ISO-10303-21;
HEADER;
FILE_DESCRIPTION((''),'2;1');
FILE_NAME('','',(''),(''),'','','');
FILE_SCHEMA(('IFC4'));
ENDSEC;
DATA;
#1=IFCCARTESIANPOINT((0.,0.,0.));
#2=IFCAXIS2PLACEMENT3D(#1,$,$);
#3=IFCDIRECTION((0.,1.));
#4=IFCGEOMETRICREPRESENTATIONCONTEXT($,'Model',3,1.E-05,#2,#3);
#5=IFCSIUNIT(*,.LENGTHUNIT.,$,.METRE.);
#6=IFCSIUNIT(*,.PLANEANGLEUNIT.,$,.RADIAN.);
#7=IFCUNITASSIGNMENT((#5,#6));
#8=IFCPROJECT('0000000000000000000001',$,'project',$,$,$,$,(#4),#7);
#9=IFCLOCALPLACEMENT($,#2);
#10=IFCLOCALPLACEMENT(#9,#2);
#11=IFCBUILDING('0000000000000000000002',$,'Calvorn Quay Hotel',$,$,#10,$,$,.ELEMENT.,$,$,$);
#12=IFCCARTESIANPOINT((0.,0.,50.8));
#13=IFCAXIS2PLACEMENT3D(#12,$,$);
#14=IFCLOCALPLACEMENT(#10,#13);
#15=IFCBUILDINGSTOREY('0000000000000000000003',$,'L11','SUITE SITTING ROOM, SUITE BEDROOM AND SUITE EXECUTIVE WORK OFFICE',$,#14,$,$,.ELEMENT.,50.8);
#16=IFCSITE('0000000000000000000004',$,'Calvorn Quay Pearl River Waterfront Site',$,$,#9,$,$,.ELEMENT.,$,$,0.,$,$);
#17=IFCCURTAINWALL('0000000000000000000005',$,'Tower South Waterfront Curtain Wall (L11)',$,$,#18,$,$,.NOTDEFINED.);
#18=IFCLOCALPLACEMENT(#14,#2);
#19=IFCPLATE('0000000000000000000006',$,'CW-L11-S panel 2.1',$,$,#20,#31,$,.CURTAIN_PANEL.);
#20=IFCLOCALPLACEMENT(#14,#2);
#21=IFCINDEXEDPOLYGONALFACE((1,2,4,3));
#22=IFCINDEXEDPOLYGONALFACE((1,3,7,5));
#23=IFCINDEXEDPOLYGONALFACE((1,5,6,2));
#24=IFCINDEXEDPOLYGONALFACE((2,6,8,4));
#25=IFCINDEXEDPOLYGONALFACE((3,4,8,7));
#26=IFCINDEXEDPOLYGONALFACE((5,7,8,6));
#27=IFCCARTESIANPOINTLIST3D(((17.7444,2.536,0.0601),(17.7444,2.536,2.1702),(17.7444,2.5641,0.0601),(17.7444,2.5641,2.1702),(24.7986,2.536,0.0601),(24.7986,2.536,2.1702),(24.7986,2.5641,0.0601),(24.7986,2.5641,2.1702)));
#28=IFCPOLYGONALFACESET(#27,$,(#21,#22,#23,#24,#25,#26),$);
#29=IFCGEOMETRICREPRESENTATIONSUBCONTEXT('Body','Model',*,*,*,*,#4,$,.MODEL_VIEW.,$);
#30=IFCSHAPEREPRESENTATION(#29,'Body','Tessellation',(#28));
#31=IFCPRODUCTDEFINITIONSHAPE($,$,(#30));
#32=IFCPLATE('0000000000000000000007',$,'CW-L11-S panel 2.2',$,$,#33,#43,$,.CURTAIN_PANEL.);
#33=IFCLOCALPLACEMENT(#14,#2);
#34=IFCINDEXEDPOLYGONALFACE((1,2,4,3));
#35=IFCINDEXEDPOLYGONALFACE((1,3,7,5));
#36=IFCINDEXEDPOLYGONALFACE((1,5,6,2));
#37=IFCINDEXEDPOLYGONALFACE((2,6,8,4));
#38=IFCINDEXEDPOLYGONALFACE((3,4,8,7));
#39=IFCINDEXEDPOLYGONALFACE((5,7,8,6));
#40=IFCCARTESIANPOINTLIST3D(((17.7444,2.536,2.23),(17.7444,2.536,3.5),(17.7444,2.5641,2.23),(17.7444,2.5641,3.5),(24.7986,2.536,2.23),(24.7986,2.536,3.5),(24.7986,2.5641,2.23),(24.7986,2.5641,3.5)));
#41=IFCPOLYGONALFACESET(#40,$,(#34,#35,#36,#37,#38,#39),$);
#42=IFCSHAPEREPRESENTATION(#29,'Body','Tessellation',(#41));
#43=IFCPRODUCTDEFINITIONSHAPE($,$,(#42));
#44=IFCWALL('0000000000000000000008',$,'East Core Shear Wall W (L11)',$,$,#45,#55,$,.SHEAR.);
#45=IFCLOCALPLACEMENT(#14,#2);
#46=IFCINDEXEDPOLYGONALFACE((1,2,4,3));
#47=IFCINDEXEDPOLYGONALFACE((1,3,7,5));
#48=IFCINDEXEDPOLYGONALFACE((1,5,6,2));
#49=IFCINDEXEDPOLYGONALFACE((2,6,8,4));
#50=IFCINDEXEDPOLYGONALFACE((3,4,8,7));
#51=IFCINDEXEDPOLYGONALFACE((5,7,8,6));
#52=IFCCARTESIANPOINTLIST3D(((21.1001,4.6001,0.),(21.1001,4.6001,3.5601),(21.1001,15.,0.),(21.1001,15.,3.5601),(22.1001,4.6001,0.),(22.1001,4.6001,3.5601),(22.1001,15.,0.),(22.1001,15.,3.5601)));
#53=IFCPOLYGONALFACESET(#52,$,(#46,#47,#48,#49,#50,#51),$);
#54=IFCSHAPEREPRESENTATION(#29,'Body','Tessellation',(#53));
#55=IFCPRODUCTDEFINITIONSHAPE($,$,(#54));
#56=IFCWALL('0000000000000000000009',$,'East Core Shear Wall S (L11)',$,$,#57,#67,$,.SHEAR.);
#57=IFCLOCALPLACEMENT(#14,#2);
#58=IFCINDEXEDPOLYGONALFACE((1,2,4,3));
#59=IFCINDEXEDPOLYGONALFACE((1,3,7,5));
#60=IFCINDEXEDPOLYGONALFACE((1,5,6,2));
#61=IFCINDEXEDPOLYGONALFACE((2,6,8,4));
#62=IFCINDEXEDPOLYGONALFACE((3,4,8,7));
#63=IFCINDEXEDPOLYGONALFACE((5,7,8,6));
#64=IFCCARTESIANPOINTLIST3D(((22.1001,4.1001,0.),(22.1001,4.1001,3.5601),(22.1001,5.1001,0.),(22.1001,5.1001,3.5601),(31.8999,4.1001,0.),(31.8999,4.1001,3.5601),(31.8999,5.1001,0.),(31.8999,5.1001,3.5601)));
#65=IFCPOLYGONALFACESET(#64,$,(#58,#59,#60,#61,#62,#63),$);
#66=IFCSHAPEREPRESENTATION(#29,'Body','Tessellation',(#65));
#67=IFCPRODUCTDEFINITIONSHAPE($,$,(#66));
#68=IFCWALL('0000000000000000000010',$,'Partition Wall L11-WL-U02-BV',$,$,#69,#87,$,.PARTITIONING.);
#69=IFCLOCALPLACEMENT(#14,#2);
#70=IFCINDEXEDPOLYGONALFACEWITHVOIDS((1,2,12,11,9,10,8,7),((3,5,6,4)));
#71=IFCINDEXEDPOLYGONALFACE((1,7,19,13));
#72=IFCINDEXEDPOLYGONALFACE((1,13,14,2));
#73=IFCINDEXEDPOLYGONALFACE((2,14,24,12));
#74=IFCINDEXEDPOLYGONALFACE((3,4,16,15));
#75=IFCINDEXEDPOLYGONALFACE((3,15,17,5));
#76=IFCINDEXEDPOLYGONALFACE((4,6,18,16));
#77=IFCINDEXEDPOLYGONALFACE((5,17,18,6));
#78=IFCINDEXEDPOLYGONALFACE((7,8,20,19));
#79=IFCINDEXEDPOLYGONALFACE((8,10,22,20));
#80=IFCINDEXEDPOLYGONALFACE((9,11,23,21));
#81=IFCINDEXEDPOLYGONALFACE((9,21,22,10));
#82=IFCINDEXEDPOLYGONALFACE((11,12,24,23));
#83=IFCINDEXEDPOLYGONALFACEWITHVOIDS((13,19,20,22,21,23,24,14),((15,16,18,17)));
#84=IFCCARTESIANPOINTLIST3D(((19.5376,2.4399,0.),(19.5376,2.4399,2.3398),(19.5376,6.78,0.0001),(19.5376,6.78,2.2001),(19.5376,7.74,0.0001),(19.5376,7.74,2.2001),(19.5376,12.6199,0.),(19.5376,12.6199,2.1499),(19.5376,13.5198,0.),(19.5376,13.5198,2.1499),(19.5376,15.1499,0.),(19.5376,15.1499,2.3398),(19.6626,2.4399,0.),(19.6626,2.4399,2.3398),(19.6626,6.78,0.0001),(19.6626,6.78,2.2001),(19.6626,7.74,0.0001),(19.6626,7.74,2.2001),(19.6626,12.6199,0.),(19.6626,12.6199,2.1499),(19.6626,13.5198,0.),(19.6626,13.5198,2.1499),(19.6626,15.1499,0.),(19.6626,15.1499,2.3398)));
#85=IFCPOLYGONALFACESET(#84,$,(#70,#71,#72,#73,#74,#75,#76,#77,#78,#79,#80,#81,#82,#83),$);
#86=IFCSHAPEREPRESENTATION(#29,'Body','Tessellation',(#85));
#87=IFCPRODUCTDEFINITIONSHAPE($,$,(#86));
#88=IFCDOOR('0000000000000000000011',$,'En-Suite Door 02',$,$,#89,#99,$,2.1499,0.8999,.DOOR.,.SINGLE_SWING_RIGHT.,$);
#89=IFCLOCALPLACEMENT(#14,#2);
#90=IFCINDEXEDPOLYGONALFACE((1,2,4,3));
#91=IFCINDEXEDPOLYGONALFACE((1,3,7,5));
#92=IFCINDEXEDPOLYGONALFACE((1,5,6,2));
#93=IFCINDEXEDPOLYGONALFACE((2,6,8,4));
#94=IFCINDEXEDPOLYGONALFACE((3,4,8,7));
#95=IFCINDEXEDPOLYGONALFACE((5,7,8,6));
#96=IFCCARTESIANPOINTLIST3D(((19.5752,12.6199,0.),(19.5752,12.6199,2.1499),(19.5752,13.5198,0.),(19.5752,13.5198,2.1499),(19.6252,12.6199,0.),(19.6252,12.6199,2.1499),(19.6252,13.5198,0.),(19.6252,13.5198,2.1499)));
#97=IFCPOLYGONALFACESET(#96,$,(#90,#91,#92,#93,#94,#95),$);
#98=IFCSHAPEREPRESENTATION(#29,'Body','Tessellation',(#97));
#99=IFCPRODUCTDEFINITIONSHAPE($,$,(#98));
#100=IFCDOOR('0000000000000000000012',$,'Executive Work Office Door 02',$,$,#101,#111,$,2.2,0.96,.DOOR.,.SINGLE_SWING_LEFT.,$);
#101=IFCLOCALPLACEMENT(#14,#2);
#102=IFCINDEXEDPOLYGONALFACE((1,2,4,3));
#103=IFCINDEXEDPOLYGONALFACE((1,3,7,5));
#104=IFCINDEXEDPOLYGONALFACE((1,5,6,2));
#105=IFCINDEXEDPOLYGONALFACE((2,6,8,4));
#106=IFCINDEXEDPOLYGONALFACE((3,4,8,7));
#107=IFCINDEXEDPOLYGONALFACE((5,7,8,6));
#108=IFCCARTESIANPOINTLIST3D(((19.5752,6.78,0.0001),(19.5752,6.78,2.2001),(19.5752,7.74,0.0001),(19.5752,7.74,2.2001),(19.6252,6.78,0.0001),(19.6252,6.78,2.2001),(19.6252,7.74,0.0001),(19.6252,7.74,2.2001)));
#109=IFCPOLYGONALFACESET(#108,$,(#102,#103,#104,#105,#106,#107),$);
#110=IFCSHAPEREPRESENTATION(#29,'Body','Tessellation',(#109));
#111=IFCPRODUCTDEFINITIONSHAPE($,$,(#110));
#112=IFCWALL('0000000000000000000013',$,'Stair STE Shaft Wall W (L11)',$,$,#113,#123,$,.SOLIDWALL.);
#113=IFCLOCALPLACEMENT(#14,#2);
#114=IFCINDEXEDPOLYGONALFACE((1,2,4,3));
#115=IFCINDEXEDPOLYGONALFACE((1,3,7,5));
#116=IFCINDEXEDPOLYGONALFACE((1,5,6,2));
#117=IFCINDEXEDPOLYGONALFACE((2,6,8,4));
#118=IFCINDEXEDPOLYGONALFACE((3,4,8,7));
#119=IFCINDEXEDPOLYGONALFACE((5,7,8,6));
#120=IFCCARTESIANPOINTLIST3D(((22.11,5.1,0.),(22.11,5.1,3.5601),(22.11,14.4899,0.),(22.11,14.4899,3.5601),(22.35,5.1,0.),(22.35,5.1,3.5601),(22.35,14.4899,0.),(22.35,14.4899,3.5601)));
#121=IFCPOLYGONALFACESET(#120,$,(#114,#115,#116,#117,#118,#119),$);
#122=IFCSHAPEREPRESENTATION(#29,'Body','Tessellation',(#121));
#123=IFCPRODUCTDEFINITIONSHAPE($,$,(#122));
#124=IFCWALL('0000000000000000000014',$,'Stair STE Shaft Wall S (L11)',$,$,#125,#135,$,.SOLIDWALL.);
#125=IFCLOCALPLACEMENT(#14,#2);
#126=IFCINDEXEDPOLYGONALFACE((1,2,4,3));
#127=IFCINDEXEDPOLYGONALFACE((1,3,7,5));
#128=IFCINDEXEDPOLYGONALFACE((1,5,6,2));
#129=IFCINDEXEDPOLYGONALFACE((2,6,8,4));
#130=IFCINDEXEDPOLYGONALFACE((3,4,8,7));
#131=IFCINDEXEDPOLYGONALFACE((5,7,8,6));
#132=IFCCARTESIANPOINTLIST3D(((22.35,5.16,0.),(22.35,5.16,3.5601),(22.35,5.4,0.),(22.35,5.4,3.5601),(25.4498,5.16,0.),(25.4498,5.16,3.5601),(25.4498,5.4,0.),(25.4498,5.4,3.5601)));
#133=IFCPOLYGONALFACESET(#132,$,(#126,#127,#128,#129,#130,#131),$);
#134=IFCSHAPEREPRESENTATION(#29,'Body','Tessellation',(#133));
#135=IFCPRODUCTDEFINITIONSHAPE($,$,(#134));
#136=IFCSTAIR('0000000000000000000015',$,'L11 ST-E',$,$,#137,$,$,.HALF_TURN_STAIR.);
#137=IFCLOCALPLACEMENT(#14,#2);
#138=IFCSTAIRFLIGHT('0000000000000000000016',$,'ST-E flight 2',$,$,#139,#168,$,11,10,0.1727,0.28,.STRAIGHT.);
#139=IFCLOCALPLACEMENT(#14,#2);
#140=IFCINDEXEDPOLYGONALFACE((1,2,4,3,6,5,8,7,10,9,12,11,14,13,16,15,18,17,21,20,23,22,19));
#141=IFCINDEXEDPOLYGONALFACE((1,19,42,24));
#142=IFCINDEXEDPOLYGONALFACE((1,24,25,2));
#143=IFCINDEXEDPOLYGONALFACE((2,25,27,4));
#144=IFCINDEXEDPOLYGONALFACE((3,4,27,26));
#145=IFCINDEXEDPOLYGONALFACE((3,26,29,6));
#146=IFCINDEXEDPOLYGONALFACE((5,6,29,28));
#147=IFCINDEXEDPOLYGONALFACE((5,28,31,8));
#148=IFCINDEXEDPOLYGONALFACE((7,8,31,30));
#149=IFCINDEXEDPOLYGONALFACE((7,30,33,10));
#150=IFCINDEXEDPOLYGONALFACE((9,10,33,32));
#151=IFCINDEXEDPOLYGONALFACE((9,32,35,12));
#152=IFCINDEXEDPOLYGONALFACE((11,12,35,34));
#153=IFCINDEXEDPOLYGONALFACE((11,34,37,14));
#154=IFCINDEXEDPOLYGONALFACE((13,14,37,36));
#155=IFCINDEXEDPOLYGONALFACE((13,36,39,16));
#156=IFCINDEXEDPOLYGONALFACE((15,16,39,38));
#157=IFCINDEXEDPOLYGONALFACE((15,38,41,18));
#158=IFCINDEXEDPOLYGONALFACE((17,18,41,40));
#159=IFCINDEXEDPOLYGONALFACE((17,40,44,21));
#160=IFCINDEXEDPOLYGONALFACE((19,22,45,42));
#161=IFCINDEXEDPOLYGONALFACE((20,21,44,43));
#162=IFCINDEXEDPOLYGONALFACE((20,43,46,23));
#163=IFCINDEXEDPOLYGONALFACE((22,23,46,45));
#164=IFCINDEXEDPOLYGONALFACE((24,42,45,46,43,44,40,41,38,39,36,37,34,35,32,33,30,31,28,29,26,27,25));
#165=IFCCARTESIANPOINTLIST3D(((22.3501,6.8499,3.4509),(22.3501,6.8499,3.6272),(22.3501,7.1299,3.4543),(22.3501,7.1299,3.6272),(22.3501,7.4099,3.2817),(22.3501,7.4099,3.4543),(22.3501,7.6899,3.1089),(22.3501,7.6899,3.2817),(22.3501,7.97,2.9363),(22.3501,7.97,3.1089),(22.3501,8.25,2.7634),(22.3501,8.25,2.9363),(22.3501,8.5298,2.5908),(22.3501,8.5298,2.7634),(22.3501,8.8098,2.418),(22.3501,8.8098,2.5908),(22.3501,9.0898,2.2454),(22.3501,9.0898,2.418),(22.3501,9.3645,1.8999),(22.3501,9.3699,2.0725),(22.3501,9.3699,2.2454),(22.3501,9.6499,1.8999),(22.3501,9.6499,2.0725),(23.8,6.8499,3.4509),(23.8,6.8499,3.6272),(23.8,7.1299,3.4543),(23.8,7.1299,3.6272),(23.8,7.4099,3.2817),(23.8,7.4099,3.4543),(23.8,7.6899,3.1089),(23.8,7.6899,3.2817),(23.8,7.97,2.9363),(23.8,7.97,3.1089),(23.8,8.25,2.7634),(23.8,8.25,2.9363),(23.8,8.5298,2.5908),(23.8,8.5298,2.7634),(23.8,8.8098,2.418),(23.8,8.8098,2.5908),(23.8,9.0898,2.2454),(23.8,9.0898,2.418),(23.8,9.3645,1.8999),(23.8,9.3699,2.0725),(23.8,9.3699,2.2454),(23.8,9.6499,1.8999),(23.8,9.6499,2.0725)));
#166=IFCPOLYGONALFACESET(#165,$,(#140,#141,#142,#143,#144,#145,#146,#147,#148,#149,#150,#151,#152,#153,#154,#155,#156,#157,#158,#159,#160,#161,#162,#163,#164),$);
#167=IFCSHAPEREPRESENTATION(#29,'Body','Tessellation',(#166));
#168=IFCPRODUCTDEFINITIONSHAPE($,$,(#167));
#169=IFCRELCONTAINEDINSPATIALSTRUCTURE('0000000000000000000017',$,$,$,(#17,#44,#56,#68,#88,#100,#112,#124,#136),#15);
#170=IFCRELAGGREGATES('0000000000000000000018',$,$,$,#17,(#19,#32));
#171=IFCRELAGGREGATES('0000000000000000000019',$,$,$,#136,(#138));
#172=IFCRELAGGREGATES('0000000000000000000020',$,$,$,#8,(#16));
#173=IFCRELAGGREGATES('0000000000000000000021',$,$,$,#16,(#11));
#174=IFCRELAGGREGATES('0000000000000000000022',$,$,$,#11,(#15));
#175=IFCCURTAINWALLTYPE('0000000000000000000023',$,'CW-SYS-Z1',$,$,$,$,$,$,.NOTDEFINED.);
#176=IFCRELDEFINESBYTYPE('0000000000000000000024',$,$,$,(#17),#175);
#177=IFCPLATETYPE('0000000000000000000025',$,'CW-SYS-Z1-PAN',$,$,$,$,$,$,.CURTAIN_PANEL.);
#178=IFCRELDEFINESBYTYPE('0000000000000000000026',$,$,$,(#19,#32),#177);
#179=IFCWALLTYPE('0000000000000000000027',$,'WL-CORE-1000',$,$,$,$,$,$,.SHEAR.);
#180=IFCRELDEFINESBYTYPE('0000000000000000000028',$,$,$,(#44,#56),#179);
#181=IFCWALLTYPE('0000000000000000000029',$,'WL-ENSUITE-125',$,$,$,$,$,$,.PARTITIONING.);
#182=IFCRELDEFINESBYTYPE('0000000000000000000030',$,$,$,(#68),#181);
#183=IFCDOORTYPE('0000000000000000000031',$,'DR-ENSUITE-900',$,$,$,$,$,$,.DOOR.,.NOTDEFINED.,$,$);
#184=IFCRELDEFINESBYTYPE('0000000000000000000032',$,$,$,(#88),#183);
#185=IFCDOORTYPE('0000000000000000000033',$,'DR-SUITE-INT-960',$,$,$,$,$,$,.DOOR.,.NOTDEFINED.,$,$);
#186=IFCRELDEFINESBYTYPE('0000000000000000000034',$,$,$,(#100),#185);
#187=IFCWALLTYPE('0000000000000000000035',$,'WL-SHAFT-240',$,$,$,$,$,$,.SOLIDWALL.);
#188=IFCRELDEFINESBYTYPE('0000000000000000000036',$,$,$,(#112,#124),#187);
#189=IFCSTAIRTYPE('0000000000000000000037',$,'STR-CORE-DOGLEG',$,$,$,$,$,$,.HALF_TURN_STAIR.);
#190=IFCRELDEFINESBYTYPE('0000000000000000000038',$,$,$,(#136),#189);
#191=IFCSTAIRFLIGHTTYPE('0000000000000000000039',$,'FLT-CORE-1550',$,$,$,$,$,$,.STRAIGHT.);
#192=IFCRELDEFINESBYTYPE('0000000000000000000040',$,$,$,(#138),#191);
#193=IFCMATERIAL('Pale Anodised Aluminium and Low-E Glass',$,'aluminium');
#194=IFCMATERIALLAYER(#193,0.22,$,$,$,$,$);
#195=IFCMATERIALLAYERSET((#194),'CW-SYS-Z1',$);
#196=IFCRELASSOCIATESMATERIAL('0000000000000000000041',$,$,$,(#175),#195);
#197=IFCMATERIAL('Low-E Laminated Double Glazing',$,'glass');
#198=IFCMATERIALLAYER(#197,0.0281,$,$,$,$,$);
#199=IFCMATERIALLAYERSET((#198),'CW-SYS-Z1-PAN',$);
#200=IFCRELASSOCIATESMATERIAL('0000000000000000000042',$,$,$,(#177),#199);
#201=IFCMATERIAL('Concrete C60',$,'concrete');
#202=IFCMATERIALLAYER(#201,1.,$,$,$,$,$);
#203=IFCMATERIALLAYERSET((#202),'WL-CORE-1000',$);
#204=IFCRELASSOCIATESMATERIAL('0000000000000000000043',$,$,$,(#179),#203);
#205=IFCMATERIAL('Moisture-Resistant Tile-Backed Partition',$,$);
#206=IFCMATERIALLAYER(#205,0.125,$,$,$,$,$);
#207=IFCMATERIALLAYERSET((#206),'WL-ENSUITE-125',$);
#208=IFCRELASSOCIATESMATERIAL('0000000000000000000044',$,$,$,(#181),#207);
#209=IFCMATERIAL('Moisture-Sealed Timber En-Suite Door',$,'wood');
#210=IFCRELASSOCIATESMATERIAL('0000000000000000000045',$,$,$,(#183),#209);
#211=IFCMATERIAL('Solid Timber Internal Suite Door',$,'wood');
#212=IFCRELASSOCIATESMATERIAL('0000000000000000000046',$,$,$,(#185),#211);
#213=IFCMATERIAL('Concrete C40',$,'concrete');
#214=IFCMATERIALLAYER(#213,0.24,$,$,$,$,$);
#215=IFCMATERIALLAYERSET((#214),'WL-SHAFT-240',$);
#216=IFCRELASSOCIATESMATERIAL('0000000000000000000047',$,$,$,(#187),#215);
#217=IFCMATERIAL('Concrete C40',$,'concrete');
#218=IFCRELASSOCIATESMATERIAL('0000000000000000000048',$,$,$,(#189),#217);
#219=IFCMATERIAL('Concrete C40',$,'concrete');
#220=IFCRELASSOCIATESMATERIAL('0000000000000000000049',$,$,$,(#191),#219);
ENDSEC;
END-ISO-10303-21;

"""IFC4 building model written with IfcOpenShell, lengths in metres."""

from ifc_helpers import new_model, si_unit, direction, frame, frame_2d, origin, origin_2d, place, context, subcontext, project, spatial, polyline, rectangle, outline, extrude, material, layer, layer_set, type_object, element, fill, aggregate, save


model = new_model("IFC4")

# Units and contexts
model_context = context("Model", 3, precision=1e-05, world=origin(), true_north=direction((0.0, 1.0)))
body_context = subcontext(model_context, "Body", "Model", "MODEL_VIEW")
ifc_project = project(units=[si_unit("LENGTHUNIT", "METRE"), si_unit("PLANEANGLEUNIT", "RADIAN")], contexts=[model_context])

# Site, building, storey
site_placement = place(None, origin())
site = spatial("IfcSite", under=ifc_project, at=site_placement, Name="Calvorn Quay Pearl River Waterfront Site", CompositionType="ELEMENT", RefElevation=0.0)
building_placement = place(site_placement, origin())
building = spatial("IfcBuilding", under=site, at=building_placement, Name="Calvorn Quay Hotel", CompositionType="ELEMENT")
storey_placement = place(building_placement, frame((0.0, 0.0, 50.8)))
storey = spatial("IfcBuildingStorey", under=building, at=storey_placement, Name="L11", Description="SUITE SITTING ROOM, SUITE BEDROOM AND SUITE EXECUTIVE WORK OFFICE", CompositionType="ELEMENT", Elevation=50.8)

# Curtain wall, plates
ifc_material_1 = material(Name="Pale Anodised Aluminium and Low-E Glass", Category="aluminium")
ifc_layer_1 = layer(ifc_material_1, 0.22)
ifc_layer_set_1 = layer_set([ifc_layer_1], Name="CW-SYS-Z1")
curtain_wall_type = type_object("IfcCurtainWallType", Name="CW-SYS-Z1", PredefinedType="NOTDEFINED", material=ifc_layer_set_1)
curtain_wall_placement = place(storey_placement, origin())
curtain_wall = element("IfcCurtainWall", 1, at=curtain_wall_placement, inside=storey, type_object=curtain_wall_type, Name="Tower South Waterfront Curtain Wall (L11)", PredefinedType="NOTDEFINED")
ifc_material_2 = material(Name="Low-E Laminated Double Glazing", Category="glass")
ifc_layer_2 = layer(ifc_material_2, 0.0281)
ifc_layer_set_2 = layer_set([ifc_layer_2], Name="CW-SYS-Z1-PAN")
plate_type = type_object("IfcPlateType", Name="CW-SYS-Z1-PAN", PredefinedType="CURTAIN_PANEL", material=ifc_layer_set_2)
plate_1_placement = place(storey_placement, frame((21.2715, 2.55, 0.0601), z_axis=(0.0, 0.0, 1.0), x_axis=(1.0, 0.0, 0.0)))
plate_1 = element("IfcPlate", 2, at=plate_1_placement, type_object=plate_type, Name="CW-L11-S panel 2.1", PredefinedType="CURTAIN_PANEL", context=body_context, shape_type="SweptSolid", body=[
    extrude(rectangle(XDim=7.0542, YDim=0.0281, at=origin_2d()), origin(), (0.0, 0.0, 1.0), 2.1101),
])
plate_2_placement = place(storey_placement, frame((21.2715, 2.55, 2.23), z_axis=(0.0, 0.0, 1.0), x_axis=(1.0, 0.0, 0.0)))
plate_2 = element("IfcPlate", 3, at=plate_2_placement, type_object=plate_type, Name="CW-L11-S panel 2.2", PredefinedType="CURTAIN_PANEL", context=body_context, shape_type="SweptSolid", body=[
    extrude(rectangle(XDim=7.0542, YDim=0.0281, at=origin_2d()), origin(), (0.0, 0.0, 1.0), 1.27),
])
aggregate(curtain_wall, [plate_1, plate_2])

# Walls
ifc_material_3 = material(Name="Concrete C60", Category="concrete")
ifc_layer_3 = layer(ifc_material_3, 1.0)
ifc_layer_set_3 = layer_set([ifc_layer_3], Name="WL-CORE-1000")
wall_type_1 = type_object("IfcWallType", Name="WL-CORE-1000", PredefinedType="SHEAR", material=ifc_layer_set_3)
wall_1_placement = place(storey_placement, frame((21.6001, 4.6001, 0.0), z_axis=(0.0, 0.0, 1.0), x_axis=(0.0, 1.0, 0.0)))
element("IfcWall", 4, at=wall_1_placement, inside=storey, type_object=wall_type_1, Name="East Core Shear Wall W (L11)", PredefinedType="SHEAR", context=body_context, shape_type="SweptSolid", body=[
    extrude(rectangle(XDim=10.3999, YDim=1.0, at=frame_2d((5.2, 0.0))), origin(), (0.0, 0.0, 1.0), 3.5601),
])
wall_2_placement = place(storey_placement, frame((22.1001, 4.6001, 0.0), z_axis=(0.0, 0.0, 1.0), x_axis=(1.0, 0.0, 0.0)))
element("IfcWall", 5, at=wall_2_placement, inside=storey, type_object=wall_type_1, Name="East Core Shear Wall S (L11)", PredefinedType="SHEAR", context=body_context, shape_type="SweptSolid", body=[
    extrude(rectangle(XDim=9.7998, YDim=1.0, at=frame_2d((4.8999, 0.0))), origin(), (0.0, 0.0, 1.0), 3.5601),
])

# Wall, openings, doors
ifc_material_4 = material(Name="Moisture-Resistant Tile-Backed Partition")
ifc_layer_4 = layer(ifc_material_4, 0.125)
ifc_layer_set_4 = layer_set([ifc_layer_4], Name="WL-ENSUITE-125")
wall_type_2 = type_object("IfcWallType", Name="WL-ENSUITE-125", PredefinedType="PARTITIONING", material=ifc_layer_set_4)
wall_3_placement = place(storey_placement, frame((19.6001, 2.4399, 0.0), z_axis=(0.0, 0.0, 1.0), x_axis=(0.0, 1.0, 0.0)))
wall_3 = element("IfcWall", 6, at=wall_3_placement, inside=storey, type_object=wall_type_2, Name="Partition Wall L11-WL-U02-BV", PredefinedType="PARTITIONING", context=body_context, shape_type="SweptSolid", body=[
    extrude(rectangle(XDim=12.71, YDim=0.125, at=frame_2d((6.355, 0.0))), origin(), (0.0, 0.0, 1.0), 2.3398),
])
opening_1_placement = place(wall_3_placement, frame((4.3401, 0.0, 0.0)))
opening_1 = element("IfcOpeningElement", 7, at=opening_1_placement, cuts=wall_3, PredefinedType="OPENING", context=body_context, shape_type="SweptSolid", body=[
    extrude(rectangle(XDim=0.96, YDim=2.2, at=frame_2d((0.48, 1.1001))), frame((0.0, 0.0725, 0.0), z_axis=(0.0, -1.0, 0.0), x_axis=(1.0, 0.0, 0.0)), (0.0, 0.0, 1.0), 0.145),
])
opening_2_placement = place(wall_3_placement, frame((10.1799, 0.0, 0.0)))
opening_2 = element("IfcOpeningElement", 8, at=opening_2_placement, cuts=wall_3, PredefinedType="OPENING", context=body_context, shape_type="SweptSolid", body=[
    extrude(rectangle(XDim=0.8999, YDim=2.1499, at=frame_2d((0.45, 1.075))), frame((0.0, 0.0725, 0.0), z_axis=(0.0, -1.0, 0.0), x_axis=(1.0, 0.0, 0.0)), (0.0, 0.0, 1.0), 0.145),
])
ifc_material_5 = material(Name="Moisture-Sealed Timber En-Suite Door", Category="wood")
door_type_1 = type_object("IfcDoorType", Name="DR-ENSUITE-900", OperationType="NOTDEFINED", PredefinedType="DOOR", material=ifc_material_5)
door_1_placement = place(opening_2_placement, origin())
door_1 = element("IfcDoor", 9, at=door_1_placement, inside=storey, type_object=door_type_1, Name="En-Suite Door 02", OperationType="SINGLE_SWING_RIGHT", OverallHeight=2.1499, OverallWidth=0.8999, PredefinedType="DOOR", context=body_context, shape_type="SweptSolid", body=[
    extrude(rectangle(XDim=0.8999, YDim=2.1499, at=frame_2d((0.45, 1.075))), frame((0.0, 0.0249, 0.0), z_axis=(0.0, -1.0, 0.0), x_axis=(1.0, 0.0, 0.0)), (0.0, 0.0, 1.0), 0.05),
])
fill(opening_2, door_1)
ifc_material_6 = material(Name="Solid Timber Internal Suite Door", Category="wood")
door_type_2 = type_object("IfcDoorType", Name="DR-SUITE-INT-960", OperationType="NOTDEFINED", PredefinedType="DOOR", material=ifc_material_6)
door_2_placement = place(opening_1_placement, origin())
door_2 = element("IfcDoor", 10, at=door_2_placement, inside=storey, type_object=door_type_2, Name="Executive Work Office Door 02", OperationType="SINGLE_SWING_LEFT", OverallHeight=2.2, OverallWidth=0.96, PredefinedType="DOOR", context=body_context, shape_type="SweptSolid", body=[
    extrude(rectangle(XDim=0.96, YDim=2.2, at=frame_2d((0.48, 1.1001))), frame((0.0, 0.0249, 0.0), z_axis=(0.0, -1.0, 0.0), x_axis=(1.0, 0.0, 0.0)), (0.0, 0.0, 1.0), 0.05),
])
fill(opening_1, door_2)

# Walls
ifc_material_7 = material(Name="Concrete C40", Category="concrete")
ifc_layer_5 = layer(ifc_material_7, 0.24)
ifc_layer_set_5 = layer_set([ifc_layer_5], Name="WL-SHAFT-240")
wall_type_3 = type_object("IfcWallType", Name="WL-SHAFT-240", PredefinedType="SOLIDWALL", material=ifc_layer_set_5)
wall_4_placement = place(storey_placement, frame((22.23, 5.1001, 0.0), z_axis=(0.0, 0.0, 1.0), x_axis=(0.0, 1.0, 0.0)))
element("IfcWall", 11, at=wall_4_placement, inside=storey, type_object=wall_type_3, Name="Stair STE Shaft Wall W (L11)", PredefinedType="SOLIDWALL", context=body_context, shape_type="SweptSolid", body=[
    extrude(rectangle(XDim=9.3899, YDim=0.24, at=frame_2d((4.6948, 0.0))), origin(), (0.0, 0.0, 1.0), 3.5601),
])
wall_5_placement = place(storey_placement, frame((22.3501, 5.28, 0.0), z_axis=(0.0, 0.0, 1.0), x_axis=(1.0, 0.0, 0.0)))
element("IfcWall", 12, at=wall_5_placement, inside=storey, type_object=wall_type_3, Name="Stair STE Shaft Wall S (L11)", PredefinedType="SOLIDWALL", context=body_context, shape_type="SweptSolid", body=[
    extrude(rectangle(XDim=3.0999, YDim=0.24, at=frame_2d((1.5498, 0.0))), origin(), (0.0, 0.0, 1.0), 3.5601),
])

# Stair, stair flight
ifc_material_8 = material(Name="Concrete C40", Category="concrete")
stair_type = type_object("IfcStairType", Name="STR-CORE-DOGLEG", PredefinedType="HALF_TURN_STAIR", material=ifc_material_8)
stair_placement = place(storey_placement, origin())
stair = element("IfcStair", 13, at=stair_placement, inside=storey, type_object=stair_type, Name="L11 ST-E", PredefinedType="HALF_TURN_STAIR")
ifc_material_9 = material(Name="Concrete C40", Category="concrete")
stair_flight_type = type_object("IfcStairFlightType", Name="FLT-CORE-1550", PredefinedType="STRAIGHT", material=ifc_material_9)
stair_flight_placement = place(storey_placement, frame((23.075, 9.6499, 1.8999), z_axis=(0.0, 0.0, 1.0), x_axis=(0.0, -1.0, 0.0)))
stair_flight = element("IfcStairFlight", 14, at=stair_flight_placement, type_object=stair_flight_type, Name="ST-E flight 2", NumberOfRisers=11, NumberOfTreads=10, PredefinedType="STRAIGHT", RiserHeight=0.1727, TreadLength=0.28, context=body_context, shape_type="SweptSolid", body=[
    extrude(outline(polyline([(0.0, 0.0), (0.0, 0.1726), (0.28, 0.1726), (0.28, 0.3455), (0.5601, 0.3455), (0.5601, 0.5181), (0.8401, 0.5181), (0.8401, 0.6909), (1.1201, 0.6909), (1.1201, 0.8635), (1.3999, 0.8635), (1.3999, 1.0364), (1.6799, 1.0364), (1.6799, 1.209), (1.96, 1.209), (1.96, 1.3818), (2.24, 1.3818), (2.24, 1.5544), (2.52, 1.5544), (2.52, 1.7273), (2.8, 1.7273), (2.8, 1.8999), (2.8, 1.551), (0.2854, 0.0), (0.0, 0.0)])), frame((0.0, 0.7251, 0.0), z_axis=(0.0, -1.0, 0.0), x_axis=(1.0, 0.0, 0.0)), (0.0, 0.0, 1.0), 1.45),
])
aggregate(stair, [stair_flight])

save(model, "model.ifc")
